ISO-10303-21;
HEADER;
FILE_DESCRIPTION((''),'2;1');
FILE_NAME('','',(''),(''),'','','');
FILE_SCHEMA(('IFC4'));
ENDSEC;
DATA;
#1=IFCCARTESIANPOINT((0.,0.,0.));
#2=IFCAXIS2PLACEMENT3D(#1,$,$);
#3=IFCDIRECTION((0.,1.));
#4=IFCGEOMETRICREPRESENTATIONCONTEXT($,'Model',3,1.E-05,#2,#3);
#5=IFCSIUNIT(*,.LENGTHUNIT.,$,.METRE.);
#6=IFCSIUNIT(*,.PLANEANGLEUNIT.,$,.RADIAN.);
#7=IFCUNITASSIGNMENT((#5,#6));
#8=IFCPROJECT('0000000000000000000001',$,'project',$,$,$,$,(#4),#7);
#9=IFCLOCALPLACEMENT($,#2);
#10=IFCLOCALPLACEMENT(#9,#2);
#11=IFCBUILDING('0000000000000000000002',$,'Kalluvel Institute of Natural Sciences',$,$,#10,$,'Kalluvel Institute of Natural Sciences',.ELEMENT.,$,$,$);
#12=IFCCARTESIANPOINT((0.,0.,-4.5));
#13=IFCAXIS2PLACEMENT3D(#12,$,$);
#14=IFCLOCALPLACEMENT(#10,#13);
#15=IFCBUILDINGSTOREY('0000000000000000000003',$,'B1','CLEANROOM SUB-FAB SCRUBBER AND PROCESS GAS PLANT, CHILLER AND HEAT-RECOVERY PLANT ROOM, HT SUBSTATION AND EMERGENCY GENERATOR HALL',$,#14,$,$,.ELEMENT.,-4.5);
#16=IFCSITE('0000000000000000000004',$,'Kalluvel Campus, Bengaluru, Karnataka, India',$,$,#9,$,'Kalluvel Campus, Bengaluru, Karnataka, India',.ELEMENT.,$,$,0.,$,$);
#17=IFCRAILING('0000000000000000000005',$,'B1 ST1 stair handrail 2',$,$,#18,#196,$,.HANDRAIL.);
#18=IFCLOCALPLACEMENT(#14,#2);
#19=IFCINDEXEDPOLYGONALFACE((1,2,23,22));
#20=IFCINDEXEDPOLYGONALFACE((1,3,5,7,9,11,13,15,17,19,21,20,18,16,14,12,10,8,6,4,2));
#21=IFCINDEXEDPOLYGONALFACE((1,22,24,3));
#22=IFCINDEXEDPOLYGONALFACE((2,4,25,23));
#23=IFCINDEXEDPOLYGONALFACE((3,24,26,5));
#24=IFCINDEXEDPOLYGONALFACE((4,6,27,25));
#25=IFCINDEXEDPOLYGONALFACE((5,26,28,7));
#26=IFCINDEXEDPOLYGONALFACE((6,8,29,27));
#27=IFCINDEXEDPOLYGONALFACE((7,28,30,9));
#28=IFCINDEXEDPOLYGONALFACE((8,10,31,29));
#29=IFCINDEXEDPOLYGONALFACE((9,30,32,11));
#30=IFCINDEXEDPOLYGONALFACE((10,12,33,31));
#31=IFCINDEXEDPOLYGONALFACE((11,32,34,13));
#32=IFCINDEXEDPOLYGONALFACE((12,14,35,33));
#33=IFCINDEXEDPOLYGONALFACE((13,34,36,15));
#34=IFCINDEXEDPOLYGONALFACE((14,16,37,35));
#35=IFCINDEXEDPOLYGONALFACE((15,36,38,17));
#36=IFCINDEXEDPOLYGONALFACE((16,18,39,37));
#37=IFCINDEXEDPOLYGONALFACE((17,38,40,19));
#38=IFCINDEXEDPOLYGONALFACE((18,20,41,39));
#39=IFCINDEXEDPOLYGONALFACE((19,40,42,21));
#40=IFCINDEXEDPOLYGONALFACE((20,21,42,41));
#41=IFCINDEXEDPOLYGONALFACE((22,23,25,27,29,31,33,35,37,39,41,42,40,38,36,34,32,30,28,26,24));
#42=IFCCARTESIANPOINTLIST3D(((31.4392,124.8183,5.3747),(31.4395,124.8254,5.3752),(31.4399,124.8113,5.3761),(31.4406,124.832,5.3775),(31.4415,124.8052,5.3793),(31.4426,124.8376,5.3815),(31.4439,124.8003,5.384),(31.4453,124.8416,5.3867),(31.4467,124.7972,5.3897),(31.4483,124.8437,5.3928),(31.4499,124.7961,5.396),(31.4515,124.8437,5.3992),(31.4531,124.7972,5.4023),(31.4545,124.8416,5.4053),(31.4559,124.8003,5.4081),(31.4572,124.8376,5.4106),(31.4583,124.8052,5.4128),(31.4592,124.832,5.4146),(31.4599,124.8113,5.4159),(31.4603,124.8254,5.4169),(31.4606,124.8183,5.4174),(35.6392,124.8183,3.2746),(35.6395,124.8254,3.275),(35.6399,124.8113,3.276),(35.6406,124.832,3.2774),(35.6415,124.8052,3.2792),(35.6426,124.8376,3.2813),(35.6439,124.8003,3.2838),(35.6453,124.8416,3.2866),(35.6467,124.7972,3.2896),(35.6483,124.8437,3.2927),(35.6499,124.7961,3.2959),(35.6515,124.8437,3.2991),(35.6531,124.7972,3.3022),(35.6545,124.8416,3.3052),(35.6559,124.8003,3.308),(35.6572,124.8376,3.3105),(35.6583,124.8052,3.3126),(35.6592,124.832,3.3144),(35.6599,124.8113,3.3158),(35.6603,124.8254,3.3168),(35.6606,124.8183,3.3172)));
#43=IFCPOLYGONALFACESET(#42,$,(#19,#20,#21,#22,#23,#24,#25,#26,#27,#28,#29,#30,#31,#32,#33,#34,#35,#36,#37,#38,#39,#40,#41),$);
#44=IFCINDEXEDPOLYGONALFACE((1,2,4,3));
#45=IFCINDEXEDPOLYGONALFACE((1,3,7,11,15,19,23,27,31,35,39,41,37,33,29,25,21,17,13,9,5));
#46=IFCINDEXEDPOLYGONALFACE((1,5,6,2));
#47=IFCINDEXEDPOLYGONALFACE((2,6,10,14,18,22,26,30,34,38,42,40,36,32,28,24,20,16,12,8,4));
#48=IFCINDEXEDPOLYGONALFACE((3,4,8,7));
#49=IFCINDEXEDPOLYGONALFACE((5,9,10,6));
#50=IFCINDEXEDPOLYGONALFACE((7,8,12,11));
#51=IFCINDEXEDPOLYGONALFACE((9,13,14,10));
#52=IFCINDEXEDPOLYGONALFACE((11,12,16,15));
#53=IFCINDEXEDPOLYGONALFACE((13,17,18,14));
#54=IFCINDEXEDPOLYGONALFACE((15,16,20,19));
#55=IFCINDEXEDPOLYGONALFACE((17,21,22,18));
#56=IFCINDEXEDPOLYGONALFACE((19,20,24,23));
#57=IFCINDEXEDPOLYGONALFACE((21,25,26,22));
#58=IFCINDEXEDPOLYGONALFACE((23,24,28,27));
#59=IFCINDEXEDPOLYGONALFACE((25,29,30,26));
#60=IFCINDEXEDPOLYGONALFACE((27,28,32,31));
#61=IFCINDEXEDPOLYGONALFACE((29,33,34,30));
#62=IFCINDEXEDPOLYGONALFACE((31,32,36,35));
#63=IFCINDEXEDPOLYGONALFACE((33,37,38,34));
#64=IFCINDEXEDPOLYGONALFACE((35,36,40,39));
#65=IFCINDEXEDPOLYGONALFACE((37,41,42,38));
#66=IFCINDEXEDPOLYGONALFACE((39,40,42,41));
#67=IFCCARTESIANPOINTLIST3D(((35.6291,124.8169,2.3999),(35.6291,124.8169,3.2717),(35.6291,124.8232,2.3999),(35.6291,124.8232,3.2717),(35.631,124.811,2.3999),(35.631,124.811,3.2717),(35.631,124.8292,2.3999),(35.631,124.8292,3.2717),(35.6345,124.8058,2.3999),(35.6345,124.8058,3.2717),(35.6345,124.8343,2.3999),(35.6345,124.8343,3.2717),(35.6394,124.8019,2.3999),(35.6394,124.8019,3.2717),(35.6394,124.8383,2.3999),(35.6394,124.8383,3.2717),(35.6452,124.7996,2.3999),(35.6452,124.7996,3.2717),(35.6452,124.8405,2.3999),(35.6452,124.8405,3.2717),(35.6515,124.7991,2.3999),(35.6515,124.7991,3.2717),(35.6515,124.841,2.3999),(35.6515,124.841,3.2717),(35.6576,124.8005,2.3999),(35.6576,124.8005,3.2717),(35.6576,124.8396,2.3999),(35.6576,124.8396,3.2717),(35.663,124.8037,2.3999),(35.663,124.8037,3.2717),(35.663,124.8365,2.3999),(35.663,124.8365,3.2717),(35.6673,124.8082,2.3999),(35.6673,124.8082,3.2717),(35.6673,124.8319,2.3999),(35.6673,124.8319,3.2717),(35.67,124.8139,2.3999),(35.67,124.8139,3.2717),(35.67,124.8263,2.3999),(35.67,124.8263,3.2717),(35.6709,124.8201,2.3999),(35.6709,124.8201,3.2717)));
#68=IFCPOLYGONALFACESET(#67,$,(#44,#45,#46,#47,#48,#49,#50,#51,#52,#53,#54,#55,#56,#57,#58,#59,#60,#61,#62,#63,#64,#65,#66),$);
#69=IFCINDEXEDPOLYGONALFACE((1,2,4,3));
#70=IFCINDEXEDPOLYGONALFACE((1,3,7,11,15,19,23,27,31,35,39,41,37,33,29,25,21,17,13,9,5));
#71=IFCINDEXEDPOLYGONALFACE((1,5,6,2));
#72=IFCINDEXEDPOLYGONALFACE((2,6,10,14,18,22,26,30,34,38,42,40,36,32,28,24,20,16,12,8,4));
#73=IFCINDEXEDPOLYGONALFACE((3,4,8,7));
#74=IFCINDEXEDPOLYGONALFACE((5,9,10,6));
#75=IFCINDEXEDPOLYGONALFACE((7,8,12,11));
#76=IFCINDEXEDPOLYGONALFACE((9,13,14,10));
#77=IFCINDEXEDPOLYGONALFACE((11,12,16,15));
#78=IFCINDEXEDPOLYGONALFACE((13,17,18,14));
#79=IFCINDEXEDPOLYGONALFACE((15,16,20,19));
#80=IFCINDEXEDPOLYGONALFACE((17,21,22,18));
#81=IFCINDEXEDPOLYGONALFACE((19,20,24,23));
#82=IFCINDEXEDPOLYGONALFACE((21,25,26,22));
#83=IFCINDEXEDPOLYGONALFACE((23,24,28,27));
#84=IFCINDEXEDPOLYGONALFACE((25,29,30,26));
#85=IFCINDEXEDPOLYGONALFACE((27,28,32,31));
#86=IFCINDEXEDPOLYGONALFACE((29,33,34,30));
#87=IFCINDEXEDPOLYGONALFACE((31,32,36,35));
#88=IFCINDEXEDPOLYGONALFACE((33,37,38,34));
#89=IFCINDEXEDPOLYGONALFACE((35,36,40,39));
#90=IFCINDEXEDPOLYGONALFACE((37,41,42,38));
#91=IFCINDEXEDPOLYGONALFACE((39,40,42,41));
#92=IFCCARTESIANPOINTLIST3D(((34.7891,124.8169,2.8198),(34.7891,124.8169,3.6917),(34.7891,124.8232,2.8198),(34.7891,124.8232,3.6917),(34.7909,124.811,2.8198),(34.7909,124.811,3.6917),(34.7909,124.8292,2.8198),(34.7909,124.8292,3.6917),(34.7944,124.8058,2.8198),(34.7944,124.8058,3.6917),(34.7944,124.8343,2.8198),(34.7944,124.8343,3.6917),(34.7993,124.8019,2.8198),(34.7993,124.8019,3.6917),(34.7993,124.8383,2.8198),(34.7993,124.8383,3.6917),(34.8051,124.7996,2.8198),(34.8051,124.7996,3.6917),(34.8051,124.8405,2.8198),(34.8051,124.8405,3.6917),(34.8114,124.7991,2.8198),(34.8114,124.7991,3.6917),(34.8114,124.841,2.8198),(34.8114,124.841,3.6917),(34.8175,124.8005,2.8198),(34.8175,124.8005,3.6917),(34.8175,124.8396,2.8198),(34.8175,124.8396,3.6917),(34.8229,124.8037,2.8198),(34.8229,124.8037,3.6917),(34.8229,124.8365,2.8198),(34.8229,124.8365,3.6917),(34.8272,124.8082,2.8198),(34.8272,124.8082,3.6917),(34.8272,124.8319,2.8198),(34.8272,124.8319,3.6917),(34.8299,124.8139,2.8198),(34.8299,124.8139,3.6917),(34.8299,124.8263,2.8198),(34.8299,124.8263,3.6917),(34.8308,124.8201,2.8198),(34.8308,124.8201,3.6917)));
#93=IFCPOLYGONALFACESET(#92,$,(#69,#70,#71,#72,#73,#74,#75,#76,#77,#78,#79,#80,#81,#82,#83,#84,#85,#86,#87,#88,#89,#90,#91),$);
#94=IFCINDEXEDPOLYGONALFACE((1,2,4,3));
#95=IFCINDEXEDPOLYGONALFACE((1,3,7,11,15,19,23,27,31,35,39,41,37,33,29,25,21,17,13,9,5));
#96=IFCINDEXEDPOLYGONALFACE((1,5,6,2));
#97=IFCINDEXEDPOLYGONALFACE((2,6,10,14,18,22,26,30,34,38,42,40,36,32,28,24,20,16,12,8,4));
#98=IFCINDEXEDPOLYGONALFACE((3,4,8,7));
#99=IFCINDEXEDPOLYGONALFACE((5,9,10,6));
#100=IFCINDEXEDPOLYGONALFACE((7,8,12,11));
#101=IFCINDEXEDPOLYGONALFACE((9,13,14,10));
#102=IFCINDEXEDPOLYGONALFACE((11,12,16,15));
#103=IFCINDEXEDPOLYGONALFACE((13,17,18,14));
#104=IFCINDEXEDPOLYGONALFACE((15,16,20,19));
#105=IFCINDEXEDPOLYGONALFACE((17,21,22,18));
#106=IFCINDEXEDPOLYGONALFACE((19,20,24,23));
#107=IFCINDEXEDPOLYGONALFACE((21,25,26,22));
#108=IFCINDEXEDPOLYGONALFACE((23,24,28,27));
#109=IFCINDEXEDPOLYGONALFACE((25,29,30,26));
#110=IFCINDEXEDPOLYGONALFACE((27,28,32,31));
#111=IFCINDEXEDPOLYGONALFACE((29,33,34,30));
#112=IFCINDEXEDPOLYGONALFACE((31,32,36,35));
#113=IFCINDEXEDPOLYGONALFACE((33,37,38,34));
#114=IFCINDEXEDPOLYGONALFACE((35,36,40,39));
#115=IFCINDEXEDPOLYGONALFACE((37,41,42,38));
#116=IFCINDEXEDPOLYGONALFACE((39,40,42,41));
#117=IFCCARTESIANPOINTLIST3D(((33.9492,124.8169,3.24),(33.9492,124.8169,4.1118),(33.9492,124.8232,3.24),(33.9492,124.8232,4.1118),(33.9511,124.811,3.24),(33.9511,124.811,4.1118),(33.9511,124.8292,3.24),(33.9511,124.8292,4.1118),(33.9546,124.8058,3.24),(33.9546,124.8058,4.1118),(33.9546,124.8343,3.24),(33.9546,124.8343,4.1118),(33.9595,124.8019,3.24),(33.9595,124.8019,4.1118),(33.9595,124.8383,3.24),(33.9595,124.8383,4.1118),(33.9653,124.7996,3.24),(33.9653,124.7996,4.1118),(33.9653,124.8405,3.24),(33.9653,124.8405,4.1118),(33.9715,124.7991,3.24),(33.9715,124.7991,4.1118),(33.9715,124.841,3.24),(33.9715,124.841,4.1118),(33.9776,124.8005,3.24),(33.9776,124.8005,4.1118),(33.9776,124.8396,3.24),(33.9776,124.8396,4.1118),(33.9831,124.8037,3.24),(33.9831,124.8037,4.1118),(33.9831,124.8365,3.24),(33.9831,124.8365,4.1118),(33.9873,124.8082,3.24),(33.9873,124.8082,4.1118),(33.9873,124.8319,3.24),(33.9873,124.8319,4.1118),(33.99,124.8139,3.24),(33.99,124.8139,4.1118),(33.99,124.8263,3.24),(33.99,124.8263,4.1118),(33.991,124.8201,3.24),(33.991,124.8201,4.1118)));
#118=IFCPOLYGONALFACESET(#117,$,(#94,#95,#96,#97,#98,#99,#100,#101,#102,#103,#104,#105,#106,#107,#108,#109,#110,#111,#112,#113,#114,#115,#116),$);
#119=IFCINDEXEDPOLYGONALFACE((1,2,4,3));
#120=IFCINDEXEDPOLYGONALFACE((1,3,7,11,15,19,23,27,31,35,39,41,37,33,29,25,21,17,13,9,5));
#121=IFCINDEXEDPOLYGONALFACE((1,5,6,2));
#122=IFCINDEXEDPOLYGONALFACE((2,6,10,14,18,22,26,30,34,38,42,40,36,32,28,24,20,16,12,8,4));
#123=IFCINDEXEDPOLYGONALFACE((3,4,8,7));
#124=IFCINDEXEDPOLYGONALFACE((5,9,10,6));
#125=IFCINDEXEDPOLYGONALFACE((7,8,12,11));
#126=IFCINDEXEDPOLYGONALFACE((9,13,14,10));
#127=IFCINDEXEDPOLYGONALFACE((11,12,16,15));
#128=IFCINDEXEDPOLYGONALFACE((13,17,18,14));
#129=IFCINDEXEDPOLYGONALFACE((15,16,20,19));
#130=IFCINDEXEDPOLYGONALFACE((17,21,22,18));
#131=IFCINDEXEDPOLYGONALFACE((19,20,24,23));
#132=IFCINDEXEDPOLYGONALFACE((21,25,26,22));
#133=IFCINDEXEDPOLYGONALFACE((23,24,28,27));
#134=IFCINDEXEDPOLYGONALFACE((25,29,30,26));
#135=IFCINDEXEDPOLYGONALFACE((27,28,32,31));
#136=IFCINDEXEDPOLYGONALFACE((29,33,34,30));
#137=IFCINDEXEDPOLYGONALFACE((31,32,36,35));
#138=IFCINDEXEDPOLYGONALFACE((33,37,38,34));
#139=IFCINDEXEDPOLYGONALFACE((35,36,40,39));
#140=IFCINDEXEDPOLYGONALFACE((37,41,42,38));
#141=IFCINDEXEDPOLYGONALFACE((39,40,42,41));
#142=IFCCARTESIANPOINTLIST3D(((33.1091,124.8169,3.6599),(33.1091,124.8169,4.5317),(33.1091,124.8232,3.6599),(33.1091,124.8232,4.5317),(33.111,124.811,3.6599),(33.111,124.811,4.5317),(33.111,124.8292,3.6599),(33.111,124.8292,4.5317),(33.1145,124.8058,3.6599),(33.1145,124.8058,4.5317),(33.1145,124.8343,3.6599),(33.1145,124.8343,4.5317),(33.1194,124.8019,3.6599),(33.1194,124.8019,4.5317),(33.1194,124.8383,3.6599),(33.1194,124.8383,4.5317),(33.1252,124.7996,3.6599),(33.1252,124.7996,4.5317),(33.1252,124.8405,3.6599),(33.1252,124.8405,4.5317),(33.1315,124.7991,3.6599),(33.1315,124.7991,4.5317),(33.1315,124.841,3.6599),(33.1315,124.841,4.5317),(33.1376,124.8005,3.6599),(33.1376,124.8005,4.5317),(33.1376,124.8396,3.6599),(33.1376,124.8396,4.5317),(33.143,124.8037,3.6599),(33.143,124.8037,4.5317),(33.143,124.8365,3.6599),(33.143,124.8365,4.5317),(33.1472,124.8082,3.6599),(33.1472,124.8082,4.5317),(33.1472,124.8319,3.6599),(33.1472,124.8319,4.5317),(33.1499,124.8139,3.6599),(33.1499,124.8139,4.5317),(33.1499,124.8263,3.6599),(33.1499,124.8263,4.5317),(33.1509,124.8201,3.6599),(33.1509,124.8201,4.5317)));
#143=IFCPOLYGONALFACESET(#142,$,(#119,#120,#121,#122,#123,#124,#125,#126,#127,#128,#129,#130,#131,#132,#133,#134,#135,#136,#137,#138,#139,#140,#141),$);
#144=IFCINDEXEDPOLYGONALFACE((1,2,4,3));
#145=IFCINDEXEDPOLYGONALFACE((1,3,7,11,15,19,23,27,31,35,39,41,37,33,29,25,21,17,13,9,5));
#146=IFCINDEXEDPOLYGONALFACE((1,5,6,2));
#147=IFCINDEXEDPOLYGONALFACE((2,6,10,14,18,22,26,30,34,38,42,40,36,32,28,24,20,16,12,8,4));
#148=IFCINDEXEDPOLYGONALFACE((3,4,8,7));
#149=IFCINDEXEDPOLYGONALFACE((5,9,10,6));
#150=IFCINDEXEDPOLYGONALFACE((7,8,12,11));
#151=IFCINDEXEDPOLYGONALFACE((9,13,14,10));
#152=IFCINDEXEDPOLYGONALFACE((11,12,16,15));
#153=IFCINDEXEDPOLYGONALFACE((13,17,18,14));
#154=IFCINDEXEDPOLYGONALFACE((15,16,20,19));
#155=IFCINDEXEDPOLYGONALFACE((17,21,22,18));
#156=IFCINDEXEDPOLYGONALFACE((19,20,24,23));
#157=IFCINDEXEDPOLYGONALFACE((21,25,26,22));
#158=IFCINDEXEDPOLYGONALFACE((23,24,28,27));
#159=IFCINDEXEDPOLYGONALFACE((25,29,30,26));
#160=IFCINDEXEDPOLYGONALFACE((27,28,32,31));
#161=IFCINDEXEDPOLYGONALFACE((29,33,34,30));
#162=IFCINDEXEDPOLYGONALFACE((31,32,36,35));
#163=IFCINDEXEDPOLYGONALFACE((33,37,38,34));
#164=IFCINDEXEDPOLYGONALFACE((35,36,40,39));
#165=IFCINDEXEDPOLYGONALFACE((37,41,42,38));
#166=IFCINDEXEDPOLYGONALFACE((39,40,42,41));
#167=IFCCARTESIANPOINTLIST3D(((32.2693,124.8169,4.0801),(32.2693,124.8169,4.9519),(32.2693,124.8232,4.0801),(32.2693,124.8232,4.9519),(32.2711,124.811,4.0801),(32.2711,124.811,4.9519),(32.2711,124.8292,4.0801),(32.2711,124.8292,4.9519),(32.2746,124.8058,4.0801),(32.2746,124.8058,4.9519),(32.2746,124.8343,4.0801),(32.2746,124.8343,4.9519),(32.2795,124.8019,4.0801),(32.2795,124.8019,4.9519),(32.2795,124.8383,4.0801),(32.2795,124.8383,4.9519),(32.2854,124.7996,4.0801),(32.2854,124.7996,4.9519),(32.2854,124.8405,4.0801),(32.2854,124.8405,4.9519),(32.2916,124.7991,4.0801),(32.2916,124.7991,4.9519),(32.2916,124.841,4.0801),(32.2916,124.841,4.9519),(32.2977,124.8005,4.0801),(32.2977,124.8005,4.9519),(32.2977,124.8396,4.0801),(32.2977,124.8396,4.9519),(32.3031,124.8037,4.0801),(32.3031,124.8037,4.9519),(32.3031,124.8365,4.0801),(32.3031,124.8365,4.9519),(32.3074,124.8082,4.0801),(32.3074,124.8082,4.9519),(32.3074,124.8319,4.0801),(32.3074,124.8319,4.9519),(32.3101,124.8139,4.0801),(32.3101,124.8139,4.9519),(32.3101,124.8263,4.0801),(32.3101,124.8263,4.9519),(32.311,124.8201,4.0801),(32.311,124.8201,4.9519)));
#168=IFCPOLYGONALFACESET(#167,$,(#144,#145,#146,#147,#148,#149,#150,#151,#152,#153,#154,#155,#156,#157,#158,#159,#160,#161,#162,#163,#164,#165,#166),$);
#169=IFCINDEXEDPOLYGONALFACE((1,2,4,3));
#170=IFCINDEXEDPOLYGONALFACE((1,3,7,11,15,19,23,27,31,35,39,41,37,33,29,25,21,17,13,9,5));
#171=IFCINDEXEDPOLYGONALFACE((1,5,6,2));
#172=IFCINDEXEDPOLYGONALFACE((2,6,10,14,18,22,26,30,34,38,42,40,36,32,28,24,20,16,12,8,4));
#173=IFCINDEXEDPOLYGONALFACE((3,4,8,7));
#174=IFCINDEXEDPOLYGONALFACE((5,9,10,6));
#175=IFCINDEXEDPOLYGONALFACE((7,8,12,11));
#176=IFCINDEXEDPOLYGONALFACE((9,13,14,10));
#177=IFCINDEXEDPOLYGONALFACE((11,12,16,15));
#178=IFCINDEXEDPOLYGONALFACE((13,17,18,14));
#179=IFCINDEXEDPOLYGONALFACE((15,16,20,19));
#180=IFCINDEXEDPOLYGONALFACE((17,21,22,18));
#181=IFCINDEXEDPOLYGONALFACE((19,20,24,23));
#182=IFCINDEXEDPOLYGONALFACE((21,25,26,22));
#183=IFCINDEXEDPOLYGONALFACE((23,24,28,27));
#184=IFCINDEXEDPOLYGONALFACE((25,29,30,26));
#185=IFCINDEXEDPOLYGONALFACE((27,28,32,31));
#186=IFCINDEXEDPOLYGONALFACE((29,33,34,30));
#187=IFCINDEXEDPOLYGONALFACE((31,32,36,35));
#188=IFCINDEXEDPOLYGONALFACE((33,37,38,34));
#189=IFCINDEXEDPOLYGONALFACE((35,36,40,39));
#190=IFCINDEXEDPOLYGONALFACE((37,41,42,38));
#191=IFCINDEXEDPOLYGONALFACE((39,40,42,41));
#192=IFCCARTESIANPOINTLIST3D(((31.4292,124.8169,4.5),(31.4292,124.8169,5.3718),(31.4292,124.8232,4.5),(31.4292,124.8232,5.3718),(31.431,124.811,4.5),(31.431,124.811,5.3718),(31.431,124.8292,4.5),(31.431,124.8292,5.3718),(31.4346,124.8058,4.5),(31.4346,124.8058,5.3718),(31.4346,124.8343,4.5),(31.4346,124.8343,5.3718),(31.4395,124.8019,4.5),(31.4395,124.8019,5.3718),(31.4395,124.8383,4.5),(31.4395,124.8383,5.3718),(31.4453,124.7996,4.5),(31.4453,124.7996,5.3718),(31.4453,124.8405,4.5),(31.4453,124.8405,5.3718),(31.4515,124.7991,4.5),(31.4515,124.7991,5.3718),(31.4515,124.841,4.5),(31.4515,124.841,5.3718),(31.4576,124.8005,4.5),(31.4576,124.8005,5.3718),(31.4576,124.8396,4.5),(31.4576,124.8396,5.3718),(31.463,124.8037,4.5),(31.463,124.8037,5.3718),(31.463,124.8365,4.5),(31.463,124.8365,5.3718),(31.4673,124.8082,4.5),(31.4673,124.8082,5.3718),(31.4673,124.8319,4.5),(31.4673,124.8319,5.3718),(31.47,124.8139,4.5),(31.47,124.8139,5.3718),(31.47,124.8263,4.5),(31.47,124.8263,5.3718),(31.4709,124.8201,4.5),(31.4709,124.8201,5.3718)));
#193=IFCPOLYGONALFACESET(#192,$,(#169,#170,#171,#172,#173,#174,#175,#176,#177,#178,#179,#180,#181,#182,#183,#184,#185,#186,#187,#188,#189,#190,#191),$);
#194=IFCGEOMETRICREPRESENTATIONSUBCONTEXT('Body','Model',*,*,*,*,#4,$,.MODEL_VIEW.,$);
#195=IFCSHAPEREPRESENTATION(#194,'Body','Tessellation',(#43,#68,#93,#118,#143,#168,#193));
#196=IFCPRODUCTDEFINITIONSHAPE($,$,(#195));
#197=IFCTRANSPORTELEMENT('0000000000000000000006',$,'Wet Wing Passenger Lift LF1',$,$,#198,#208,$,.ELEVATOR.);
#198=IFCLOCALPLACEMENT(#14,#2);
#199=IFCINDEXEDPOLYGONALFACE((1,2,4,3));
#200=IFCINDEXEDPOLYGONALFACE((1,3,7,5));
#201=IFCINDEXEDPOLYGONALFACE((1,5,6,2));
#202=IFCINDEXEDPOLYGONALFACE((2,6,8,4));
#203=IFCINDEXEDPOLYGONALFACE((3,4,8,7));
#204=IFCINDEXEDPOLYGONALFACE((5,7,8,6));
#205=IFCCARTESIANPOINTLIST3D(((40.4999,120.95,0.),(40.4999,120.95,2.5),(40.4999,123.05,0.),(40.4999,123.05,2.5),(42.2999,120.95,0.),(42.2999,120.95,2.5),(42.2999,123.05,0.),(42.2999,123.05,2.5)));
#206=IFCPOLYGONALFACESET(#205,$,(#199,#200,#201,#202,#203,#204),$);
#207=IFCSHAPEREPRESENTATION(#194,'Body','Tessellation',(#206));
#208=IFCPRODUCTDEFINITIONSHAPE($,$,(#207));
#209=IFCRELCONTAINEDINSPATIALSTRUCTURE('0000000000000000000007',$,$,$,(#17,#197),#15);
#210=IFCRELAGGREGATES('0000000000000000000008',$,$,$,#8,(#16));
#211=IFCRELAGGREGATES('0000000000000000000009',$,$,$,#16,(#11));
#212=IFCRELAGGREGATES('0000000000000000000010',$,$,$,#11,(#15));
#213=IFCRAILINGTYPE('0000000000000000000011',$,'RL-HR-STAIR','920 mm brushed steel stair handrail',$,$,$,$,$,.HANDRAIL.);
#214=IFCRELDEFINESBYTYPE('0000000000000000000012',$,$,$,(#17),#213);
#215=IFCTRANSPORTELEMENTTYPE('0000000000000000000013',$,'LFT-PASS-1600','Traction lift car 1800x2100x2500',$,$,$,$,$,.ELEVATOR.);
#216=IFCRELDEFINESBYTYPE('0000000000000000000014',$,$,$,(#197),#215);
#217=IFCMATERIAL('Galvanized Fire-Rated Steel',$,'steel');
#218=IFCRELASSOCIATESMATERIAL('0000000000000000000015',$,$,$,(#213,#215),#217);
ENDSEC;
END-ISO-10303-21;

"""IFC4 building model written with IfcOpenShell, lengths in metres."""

from ifc_helpers import new_model, si_unit, direction, frame, origin, origin_2d, place, context, subcontext, project, spatial, rectangle, circle, extrude, material, type_object, element, save


model = new_model("IFC4")

# Units and contexts
model_context = context("Model", 3, precision=1e-05, world=origin(), true_north=direction((0.0, 1.0)))
body_context = subcontext(model_context, "Body", "Model", "MODEL_VIEW")
ifc_project = project(units=[si_unit("LENGTHUNIT", "METRE"), si_unit("PLANEANGLEUNIT", "RADIAN")], contexts=[model_context])

# Site, building, storey
site_placement = place(None, origin())
site = spatial("IfcSite", under=ifc_project, at=site_placement, Name="Kalluvel Campus, Bengaluru, Karnataka, India", LongName="Kalluvel Campus, Bengaluru, Karnataka, India", CompositionType="ELEMENT", RefElevation=0.0)
building_placement = place(site_placement, origin())
building = spatial("IfcBuilding", under=site, at=building_placement, Name="Kalluvel Institute of Natural Sciences", LongName="Kalluvel Institute of Natural Sciences", CompositionType="ELEMENT")
storey_placement = place(building_placement, frame((0.0, 0.0, -4.5)))
storey = spatial("IfcBuildingStorey", under=building, at=storey_placement, Name="B1", Description="CLEANROOM SUB-FAB SCRUBBER AND PROCESS GAS PLANT, CHILLER AND HEAT-RECOVERY PLANT ROOM, HT SUBSTATION AND EMERGENCY GENERATOR HALL", CompositionType="ELEMENT", Elevation=-4.5)

# Shared definitions
ifc_material_1 = material(Name="Galvanized Fire-Rated Steel", Category="steel")

# Railing
railing_type_1 = type_object("IfcRailingType", Name="RL-HR-STAIR", Description="920 mm brushed steel stair handrail", PredefinedType="HANDRAIL", material=ifc_material_1)
railing_1_placement = place(storey_placement, frame((35.6499, 124.8201, 2.3999)))
element("IfcRailing", 1, at=railing_1_placement, inside=storey, type_object=railing_type_1, Name="B1 ST1 stair handrail 2", PredefinedType="HANDRAIL", context=body_context, shape_type="SweptSolid", body=[
    extrude(circle(Radius=0.0239, at=origin_2d()), frame((0.0, 0.0, 0.896), z_axis=(-0.894417, 0.0, 0.447234), x_axis=(0.0, -1.0, 0.0)), (0.0, 0.0, 1.0), 4.6958),
    extrude(circle(Radius=0.021, at=origin_2d()), origin(), (0.0, 0.0, 1.0), 0.8718),
    extrude(circle(Radius=0.021, at=origin_2d()), frame((-0.8401, 0.0, 0.4199)), (0.0, 0.0, 1.0), 0.8718),
    extrude(circle(Radius=0.021, at=origin_2d()), frame((-1.6799, 0.0, 0.8401)), (0.0, 0.0, 1.0), 0.8718),
    extrude(circle(Radius=0.021, at=origin_2d()), frame((-2.52, 0.0, 1.26)), (0.0, 0.0, 1.0), 0.8718),
    extrude(circle(Radius=0.021, at=origin_2d()), frame((-3.3599, 0.0, 1.6802)), (0.0, 0.0, 1.0), 0.8718),
    extrude(circle(Radius=0.021, at=origin_2d()), frame((-4.2, 0.0, 2.1001)), (0.0, 0.0, 1.0), 0.8718),
])

# Transport element
transport_element_type = type_object("IfcTransportElementType", Name="LFT-PASS-1600", Description="Traction lift car 1800x2100x2500", PredefinedType="ELEVATOR", material=ifc_material_1)
transport_element_placement = place(storey_placement, frame((41.3999, 122.0, 0.0), z_axis=(0.0, 0.0, 1.0), x_axis=(1.0, 0.0, 0.0)))
element("IfcTransportElement", 2, at=transport_element_placement, inside=storey, type_object=transport_element_type, Name="Wet Wing Passenger Lift LF1", PredefinedType="ELEVATOR", context=body_context, shape_type="SweptSolid", body=[
    extrude(rectangle(XDim=1.8, YDim=2.1001, at=origin_2d()), origin(), (0.0, 0.0, 1.0), 2.5),
])

save(model, "model.ifc")
